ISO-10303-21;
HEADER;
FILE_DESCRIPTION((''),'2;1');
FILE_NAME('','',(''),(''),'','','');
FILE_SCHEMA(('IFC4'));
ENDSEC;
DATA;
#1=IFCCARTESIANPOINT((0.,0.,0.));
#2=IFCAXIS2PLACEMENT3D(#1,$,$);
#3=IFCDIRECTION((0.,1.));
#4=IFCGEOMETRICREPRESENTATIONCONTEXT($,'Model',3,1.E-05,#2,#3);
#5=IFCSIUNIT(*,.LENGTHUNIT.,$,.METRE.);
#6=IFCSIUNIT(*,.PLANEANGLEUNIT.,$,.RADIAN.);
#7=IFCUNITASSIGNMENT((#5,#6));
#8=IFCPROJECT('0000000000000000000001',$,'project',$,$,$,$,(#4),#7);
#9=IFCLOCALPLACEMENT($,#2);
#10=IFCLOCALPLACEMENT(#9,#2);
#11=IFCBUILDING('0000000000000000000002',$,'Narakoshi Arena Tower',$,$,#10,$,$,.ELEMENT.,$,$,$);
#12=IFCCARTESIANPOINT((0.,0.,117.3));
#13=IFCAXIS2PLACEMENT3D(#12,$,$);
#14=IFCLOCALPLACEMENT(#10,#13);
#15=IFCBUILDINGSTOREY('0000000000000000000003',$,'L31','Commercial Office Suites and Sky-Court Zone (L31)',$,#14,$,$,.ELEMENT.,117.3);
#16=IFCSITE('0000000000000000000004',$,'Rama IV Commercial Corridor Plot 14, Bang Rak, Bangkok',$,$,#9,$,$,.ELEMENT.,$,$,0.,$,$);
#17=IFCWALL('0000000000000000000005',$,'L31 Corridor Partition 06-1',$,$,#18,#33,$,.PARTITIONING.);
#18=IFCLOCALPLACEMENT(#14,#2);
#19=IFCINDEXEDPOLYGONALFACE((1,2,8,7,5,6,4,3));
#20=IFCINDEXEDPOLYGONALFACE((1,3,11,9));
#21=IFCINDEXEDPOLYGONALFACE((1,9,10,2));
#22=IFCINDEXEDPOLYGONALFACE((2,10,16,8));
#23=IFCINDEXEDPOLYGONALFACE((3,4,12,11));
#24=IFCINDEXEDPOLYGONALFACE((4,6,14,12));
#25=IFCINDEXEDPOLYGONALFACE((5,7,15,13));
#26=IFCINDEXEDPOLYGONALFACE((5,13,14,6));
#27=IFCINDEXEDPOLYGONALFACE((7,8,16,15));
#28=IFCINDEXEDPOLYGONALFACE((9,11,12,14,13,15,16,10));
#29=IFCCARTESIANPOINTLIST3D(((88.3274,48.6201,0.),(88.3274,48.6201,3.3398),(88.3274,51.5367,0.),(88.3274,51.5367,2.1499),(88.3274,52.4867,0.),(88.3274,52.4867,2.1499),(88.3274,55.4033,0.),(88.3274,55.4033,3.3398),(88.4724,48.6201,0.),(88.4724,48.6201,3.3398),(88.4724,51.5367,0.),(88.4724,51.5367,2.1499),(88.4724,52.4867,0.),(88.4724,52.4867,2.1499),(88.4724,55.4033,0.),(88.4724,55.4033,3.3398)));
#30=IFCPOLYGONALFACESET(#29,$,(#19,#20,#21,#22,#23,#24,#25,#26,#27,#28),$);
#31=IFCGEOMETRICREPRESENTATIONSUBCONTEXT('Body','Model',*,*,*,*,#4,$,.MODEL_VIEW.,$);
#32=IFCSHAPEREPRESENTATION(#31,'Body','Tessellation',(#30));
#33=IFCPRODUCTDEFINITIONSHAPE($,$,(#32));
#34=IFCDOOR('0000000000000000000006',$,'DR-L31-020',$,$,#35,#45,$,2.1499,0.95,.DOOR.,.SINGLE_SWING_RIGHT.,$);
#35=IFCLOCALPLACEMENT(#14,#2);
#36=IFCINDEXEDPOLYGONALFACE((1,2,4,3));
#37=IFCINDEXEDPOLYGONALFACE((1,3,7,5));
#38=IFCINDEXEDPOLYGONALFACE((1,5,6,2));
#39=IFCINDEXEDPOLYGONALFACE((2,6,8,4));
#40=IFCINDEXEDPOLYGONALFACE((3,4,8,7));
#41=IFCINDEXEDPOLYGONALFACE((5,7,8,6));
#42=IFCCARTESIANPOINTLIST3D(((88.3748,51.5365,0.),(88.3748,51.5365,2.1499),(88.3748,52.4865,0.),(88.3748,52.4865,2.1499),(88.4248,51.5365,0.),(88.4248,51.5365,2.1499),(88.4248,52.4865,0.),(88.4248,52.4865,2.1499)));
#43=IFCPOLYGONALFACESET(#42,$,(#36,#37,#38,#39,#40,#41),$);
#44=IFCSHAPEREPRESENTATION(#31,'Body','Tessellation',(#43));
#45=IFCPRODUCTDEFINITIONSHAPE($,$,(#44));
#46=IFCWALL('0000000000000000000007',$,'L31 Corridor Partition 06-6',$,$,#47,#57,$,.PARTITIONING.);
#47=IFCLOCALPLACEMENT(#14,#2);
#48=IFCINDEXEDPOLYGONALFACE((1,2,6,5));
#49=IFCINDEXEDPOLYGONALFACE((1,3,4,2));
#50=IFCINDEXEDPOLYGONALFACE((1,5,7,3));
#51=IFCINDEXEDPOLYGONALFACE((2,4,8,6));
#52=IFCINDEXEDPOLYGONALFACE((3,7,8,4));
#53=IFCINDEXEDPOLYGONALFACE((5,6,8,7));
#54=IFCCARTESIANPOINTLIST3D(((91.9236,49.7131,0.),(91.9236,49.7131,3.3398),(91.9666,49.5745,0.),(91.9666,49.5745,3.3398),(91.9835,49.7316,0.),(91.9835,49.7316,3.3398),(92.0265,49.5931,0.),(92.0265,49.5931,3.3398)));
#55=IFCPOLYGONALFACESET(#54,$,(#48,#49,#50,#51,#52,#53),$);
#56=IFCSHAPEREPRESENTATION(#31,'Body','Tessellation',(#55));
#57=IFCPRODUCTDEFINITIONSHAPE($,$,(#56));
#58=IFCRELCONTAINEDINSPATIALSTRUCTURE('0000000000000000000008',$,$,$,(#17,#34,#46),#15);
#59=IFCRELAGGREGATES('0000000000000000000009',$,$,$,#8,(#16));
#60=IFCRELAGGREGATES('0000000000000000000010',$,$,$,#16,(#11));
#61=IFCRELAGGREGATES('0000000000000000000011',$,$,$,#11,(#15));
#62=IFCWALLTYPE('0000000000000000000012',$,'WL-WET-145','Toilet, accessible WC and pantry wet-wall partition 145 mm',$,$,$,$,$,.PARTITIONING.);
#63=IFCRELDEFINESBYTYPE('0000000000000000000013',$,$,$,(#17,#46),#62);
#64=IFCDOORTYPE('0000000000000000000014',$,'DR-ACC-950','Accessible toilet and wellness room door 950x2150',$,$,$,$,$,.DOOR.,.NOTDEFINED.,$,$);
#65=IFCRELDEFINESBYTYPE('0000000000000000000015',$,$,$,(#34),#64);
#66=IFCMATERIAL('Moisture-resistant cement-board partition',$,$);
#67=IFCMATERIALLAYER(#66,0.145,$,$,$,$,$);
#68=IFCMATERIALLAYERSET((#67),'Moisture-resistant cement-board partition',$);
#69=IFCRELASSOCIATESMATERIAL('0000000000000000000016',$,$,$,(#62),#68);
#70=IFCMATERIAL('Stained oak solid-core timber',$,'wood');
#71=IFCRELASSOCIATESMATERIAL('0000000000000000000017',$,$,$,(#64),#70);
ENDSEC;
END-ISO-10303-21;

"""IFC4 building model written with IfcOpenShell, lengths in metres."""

from ifc_helpers import new_model, si_unit, direction, frame, frame_2d, origin, place, context, subcontext, project, spatial, rectangle, extrude, material, layer, layer_set, type_object, element, fill, save


model = new_model("IFC4")

# Units and contexts
model_context = context("Model", 3, precision=1e-05, world=origin(), true_north=direction((0.0, 1.0)))
body_context = subcontext(model_context, "Body", "Model", "MODEL_VIEW")
ifc_project = project(units=[si_unit("LENGTHUNIT", "METRE"), si_unit("PLANEANGLEUNIT", "RADIAN")], contexts=[model_context])

# Site, building, storey
site_placement = place(None, origin())
site = spatial("IfcSite", under=ifc_project, at=site_placement, Name="Rama IV Commercial Corridor Plot 14, Bang Rak, Bangkok", CompositionType="ELEMENT", RefElevation=0.0)
building_placement = place(site_placement, origin())
building = spatial("IfcBuilding", under=site, at=building_placement, Name="Narakoshi Arena Tower", CompositionType="ELEMENT")
storey_placement = place(building_placement, frame((0.0, 0.0, 117.3)))
storey = spatial("IfcBuildingStorey", under=building, at=storey_placement, Name="L31", Description="Commercial Office Suites and Sky-Court Zone (L31)", CompositionType="ELEMENT", Elevation=117.3)

# Shared definitions
ifc_material_1 = material(Name="Stained oak solid-core timber", Category="wood")

# Shared definitions
ifc_material_2 = material(Name="Moisture-resistant cement-board partition")
ifc_layer_1 = layer(ifc_material_2, 0.145)
ifc_layer_set_1 = layer_set([ifc_layer_1], Name="Moisture-resistant cement-board partition")
wall_type_1 = type_object("IfcWallType", Name="WL-WET-145", Description="Toilet, accessible WC and pantry wet-wall partition 145 mm", PredefinedType="PARTITIONING", material=ifc_layer_set_1)

# Wall, opening, door
wall_1_placement = place(storey_placement, frame((88.3999, 48.6201, 0.0), z_axis=(0.0, 0.0, 1.0), x_axis=(0.0, 1.0, 0.0)))
wall_1 = element("IfcWall", 1, at=wall_1_placement, inside=storey, type_object=wall_type_1, Name="L31 Corridor Partition 06-1", PredefinedType="PARTITIONING", context=body_context, shape_type="SweptSolid", body=[
    extrude(rectangle(XDim=6.7832, YDim=0.145, at=frame_2d((3.3916, 0.0))), origin(), (0.0, 0.0, 1.0), 3.3398),
])
opening_1_placement = place(wall_1_placement, frame((2.9165, 0.0, 0.0)))
opening_1 = element("IfcOpeningElement", 2, at=opening_1_placement, cuts=wall_1, PredefinedType="OPENING", context=body_context, shape_type="SweptSolid", body=[
    extrude(rectangle(XDim=0.95, YDim=2.1499, at=frame_2d((0.4751, 1.075))), frame((0.0, 0.0825, 0.0), z_axis=(0.0, -1.0, 0.0), x_axis=(1.0, 0.0, 0.0)), (0.0, 0.0, 1.0), 0.165),
])
door_type_1 = type_object("IfcDoorType", Name="DR-ACC-950", Description="Accessible toilet and wellness room door 950x2150", OperationType="NOTDEFINED", PredefinedType="DOOR", material=ifc_material_1)
door_1_placement = place(opening_1_placement, frame((0.95, 0.0, 0.0), z_axis=(0.0, 0.0, 1.0), x_axis=(-1.0, 0.0, 0.0)))
door_1 = element("IfcDoor", 3, at=door_1_placement, inside=storey, type_object=door_type_1, Name="DR-L31-020", OperationType="SINGLE_SWING_RIGHT", OverallHeight=2.1499, OverallWidth=0.95, PredefinedType="DOOR", context=body_context, shape_type="SweptSolid", body=[
    extrude(rectangle(XDim=0.95, YDim=2.1499, at=frame_2d((0.4751, 1.075))), frame((0.0, 0.0249, 0.0), z_axis=(0.0, -1.0, 0.0), x_axis=(1.0, 0.0, 0.0)), (0.0, 0.0, 1.0), 0.05),
])
fill(opening_1, door_1)

# Wall
wall_2_placement = place(storey_placement, frame((92.0049, 49.6624, 0.0), z_axis=(0.0, 0.0, 1.0), x_axis=(-0.955102, -0.296277, 0.0)))
element("IfcWall", 4, at=wall_2_placement, inside=storey, type_object=wall_type_1, Name="L31 Corridor Partition 06-6", PredefinedType="PARTITIONING", context=body_context, shape_type="SweptSolid", body=[
    extrude(rectangle(XDim=0.0627, YDim=0.145, at=frame_2d((0.0312, 0.0))), origin(), (0.0, 0.0, 1.0), 3.3398),
])

save(model, "model.ifc")
